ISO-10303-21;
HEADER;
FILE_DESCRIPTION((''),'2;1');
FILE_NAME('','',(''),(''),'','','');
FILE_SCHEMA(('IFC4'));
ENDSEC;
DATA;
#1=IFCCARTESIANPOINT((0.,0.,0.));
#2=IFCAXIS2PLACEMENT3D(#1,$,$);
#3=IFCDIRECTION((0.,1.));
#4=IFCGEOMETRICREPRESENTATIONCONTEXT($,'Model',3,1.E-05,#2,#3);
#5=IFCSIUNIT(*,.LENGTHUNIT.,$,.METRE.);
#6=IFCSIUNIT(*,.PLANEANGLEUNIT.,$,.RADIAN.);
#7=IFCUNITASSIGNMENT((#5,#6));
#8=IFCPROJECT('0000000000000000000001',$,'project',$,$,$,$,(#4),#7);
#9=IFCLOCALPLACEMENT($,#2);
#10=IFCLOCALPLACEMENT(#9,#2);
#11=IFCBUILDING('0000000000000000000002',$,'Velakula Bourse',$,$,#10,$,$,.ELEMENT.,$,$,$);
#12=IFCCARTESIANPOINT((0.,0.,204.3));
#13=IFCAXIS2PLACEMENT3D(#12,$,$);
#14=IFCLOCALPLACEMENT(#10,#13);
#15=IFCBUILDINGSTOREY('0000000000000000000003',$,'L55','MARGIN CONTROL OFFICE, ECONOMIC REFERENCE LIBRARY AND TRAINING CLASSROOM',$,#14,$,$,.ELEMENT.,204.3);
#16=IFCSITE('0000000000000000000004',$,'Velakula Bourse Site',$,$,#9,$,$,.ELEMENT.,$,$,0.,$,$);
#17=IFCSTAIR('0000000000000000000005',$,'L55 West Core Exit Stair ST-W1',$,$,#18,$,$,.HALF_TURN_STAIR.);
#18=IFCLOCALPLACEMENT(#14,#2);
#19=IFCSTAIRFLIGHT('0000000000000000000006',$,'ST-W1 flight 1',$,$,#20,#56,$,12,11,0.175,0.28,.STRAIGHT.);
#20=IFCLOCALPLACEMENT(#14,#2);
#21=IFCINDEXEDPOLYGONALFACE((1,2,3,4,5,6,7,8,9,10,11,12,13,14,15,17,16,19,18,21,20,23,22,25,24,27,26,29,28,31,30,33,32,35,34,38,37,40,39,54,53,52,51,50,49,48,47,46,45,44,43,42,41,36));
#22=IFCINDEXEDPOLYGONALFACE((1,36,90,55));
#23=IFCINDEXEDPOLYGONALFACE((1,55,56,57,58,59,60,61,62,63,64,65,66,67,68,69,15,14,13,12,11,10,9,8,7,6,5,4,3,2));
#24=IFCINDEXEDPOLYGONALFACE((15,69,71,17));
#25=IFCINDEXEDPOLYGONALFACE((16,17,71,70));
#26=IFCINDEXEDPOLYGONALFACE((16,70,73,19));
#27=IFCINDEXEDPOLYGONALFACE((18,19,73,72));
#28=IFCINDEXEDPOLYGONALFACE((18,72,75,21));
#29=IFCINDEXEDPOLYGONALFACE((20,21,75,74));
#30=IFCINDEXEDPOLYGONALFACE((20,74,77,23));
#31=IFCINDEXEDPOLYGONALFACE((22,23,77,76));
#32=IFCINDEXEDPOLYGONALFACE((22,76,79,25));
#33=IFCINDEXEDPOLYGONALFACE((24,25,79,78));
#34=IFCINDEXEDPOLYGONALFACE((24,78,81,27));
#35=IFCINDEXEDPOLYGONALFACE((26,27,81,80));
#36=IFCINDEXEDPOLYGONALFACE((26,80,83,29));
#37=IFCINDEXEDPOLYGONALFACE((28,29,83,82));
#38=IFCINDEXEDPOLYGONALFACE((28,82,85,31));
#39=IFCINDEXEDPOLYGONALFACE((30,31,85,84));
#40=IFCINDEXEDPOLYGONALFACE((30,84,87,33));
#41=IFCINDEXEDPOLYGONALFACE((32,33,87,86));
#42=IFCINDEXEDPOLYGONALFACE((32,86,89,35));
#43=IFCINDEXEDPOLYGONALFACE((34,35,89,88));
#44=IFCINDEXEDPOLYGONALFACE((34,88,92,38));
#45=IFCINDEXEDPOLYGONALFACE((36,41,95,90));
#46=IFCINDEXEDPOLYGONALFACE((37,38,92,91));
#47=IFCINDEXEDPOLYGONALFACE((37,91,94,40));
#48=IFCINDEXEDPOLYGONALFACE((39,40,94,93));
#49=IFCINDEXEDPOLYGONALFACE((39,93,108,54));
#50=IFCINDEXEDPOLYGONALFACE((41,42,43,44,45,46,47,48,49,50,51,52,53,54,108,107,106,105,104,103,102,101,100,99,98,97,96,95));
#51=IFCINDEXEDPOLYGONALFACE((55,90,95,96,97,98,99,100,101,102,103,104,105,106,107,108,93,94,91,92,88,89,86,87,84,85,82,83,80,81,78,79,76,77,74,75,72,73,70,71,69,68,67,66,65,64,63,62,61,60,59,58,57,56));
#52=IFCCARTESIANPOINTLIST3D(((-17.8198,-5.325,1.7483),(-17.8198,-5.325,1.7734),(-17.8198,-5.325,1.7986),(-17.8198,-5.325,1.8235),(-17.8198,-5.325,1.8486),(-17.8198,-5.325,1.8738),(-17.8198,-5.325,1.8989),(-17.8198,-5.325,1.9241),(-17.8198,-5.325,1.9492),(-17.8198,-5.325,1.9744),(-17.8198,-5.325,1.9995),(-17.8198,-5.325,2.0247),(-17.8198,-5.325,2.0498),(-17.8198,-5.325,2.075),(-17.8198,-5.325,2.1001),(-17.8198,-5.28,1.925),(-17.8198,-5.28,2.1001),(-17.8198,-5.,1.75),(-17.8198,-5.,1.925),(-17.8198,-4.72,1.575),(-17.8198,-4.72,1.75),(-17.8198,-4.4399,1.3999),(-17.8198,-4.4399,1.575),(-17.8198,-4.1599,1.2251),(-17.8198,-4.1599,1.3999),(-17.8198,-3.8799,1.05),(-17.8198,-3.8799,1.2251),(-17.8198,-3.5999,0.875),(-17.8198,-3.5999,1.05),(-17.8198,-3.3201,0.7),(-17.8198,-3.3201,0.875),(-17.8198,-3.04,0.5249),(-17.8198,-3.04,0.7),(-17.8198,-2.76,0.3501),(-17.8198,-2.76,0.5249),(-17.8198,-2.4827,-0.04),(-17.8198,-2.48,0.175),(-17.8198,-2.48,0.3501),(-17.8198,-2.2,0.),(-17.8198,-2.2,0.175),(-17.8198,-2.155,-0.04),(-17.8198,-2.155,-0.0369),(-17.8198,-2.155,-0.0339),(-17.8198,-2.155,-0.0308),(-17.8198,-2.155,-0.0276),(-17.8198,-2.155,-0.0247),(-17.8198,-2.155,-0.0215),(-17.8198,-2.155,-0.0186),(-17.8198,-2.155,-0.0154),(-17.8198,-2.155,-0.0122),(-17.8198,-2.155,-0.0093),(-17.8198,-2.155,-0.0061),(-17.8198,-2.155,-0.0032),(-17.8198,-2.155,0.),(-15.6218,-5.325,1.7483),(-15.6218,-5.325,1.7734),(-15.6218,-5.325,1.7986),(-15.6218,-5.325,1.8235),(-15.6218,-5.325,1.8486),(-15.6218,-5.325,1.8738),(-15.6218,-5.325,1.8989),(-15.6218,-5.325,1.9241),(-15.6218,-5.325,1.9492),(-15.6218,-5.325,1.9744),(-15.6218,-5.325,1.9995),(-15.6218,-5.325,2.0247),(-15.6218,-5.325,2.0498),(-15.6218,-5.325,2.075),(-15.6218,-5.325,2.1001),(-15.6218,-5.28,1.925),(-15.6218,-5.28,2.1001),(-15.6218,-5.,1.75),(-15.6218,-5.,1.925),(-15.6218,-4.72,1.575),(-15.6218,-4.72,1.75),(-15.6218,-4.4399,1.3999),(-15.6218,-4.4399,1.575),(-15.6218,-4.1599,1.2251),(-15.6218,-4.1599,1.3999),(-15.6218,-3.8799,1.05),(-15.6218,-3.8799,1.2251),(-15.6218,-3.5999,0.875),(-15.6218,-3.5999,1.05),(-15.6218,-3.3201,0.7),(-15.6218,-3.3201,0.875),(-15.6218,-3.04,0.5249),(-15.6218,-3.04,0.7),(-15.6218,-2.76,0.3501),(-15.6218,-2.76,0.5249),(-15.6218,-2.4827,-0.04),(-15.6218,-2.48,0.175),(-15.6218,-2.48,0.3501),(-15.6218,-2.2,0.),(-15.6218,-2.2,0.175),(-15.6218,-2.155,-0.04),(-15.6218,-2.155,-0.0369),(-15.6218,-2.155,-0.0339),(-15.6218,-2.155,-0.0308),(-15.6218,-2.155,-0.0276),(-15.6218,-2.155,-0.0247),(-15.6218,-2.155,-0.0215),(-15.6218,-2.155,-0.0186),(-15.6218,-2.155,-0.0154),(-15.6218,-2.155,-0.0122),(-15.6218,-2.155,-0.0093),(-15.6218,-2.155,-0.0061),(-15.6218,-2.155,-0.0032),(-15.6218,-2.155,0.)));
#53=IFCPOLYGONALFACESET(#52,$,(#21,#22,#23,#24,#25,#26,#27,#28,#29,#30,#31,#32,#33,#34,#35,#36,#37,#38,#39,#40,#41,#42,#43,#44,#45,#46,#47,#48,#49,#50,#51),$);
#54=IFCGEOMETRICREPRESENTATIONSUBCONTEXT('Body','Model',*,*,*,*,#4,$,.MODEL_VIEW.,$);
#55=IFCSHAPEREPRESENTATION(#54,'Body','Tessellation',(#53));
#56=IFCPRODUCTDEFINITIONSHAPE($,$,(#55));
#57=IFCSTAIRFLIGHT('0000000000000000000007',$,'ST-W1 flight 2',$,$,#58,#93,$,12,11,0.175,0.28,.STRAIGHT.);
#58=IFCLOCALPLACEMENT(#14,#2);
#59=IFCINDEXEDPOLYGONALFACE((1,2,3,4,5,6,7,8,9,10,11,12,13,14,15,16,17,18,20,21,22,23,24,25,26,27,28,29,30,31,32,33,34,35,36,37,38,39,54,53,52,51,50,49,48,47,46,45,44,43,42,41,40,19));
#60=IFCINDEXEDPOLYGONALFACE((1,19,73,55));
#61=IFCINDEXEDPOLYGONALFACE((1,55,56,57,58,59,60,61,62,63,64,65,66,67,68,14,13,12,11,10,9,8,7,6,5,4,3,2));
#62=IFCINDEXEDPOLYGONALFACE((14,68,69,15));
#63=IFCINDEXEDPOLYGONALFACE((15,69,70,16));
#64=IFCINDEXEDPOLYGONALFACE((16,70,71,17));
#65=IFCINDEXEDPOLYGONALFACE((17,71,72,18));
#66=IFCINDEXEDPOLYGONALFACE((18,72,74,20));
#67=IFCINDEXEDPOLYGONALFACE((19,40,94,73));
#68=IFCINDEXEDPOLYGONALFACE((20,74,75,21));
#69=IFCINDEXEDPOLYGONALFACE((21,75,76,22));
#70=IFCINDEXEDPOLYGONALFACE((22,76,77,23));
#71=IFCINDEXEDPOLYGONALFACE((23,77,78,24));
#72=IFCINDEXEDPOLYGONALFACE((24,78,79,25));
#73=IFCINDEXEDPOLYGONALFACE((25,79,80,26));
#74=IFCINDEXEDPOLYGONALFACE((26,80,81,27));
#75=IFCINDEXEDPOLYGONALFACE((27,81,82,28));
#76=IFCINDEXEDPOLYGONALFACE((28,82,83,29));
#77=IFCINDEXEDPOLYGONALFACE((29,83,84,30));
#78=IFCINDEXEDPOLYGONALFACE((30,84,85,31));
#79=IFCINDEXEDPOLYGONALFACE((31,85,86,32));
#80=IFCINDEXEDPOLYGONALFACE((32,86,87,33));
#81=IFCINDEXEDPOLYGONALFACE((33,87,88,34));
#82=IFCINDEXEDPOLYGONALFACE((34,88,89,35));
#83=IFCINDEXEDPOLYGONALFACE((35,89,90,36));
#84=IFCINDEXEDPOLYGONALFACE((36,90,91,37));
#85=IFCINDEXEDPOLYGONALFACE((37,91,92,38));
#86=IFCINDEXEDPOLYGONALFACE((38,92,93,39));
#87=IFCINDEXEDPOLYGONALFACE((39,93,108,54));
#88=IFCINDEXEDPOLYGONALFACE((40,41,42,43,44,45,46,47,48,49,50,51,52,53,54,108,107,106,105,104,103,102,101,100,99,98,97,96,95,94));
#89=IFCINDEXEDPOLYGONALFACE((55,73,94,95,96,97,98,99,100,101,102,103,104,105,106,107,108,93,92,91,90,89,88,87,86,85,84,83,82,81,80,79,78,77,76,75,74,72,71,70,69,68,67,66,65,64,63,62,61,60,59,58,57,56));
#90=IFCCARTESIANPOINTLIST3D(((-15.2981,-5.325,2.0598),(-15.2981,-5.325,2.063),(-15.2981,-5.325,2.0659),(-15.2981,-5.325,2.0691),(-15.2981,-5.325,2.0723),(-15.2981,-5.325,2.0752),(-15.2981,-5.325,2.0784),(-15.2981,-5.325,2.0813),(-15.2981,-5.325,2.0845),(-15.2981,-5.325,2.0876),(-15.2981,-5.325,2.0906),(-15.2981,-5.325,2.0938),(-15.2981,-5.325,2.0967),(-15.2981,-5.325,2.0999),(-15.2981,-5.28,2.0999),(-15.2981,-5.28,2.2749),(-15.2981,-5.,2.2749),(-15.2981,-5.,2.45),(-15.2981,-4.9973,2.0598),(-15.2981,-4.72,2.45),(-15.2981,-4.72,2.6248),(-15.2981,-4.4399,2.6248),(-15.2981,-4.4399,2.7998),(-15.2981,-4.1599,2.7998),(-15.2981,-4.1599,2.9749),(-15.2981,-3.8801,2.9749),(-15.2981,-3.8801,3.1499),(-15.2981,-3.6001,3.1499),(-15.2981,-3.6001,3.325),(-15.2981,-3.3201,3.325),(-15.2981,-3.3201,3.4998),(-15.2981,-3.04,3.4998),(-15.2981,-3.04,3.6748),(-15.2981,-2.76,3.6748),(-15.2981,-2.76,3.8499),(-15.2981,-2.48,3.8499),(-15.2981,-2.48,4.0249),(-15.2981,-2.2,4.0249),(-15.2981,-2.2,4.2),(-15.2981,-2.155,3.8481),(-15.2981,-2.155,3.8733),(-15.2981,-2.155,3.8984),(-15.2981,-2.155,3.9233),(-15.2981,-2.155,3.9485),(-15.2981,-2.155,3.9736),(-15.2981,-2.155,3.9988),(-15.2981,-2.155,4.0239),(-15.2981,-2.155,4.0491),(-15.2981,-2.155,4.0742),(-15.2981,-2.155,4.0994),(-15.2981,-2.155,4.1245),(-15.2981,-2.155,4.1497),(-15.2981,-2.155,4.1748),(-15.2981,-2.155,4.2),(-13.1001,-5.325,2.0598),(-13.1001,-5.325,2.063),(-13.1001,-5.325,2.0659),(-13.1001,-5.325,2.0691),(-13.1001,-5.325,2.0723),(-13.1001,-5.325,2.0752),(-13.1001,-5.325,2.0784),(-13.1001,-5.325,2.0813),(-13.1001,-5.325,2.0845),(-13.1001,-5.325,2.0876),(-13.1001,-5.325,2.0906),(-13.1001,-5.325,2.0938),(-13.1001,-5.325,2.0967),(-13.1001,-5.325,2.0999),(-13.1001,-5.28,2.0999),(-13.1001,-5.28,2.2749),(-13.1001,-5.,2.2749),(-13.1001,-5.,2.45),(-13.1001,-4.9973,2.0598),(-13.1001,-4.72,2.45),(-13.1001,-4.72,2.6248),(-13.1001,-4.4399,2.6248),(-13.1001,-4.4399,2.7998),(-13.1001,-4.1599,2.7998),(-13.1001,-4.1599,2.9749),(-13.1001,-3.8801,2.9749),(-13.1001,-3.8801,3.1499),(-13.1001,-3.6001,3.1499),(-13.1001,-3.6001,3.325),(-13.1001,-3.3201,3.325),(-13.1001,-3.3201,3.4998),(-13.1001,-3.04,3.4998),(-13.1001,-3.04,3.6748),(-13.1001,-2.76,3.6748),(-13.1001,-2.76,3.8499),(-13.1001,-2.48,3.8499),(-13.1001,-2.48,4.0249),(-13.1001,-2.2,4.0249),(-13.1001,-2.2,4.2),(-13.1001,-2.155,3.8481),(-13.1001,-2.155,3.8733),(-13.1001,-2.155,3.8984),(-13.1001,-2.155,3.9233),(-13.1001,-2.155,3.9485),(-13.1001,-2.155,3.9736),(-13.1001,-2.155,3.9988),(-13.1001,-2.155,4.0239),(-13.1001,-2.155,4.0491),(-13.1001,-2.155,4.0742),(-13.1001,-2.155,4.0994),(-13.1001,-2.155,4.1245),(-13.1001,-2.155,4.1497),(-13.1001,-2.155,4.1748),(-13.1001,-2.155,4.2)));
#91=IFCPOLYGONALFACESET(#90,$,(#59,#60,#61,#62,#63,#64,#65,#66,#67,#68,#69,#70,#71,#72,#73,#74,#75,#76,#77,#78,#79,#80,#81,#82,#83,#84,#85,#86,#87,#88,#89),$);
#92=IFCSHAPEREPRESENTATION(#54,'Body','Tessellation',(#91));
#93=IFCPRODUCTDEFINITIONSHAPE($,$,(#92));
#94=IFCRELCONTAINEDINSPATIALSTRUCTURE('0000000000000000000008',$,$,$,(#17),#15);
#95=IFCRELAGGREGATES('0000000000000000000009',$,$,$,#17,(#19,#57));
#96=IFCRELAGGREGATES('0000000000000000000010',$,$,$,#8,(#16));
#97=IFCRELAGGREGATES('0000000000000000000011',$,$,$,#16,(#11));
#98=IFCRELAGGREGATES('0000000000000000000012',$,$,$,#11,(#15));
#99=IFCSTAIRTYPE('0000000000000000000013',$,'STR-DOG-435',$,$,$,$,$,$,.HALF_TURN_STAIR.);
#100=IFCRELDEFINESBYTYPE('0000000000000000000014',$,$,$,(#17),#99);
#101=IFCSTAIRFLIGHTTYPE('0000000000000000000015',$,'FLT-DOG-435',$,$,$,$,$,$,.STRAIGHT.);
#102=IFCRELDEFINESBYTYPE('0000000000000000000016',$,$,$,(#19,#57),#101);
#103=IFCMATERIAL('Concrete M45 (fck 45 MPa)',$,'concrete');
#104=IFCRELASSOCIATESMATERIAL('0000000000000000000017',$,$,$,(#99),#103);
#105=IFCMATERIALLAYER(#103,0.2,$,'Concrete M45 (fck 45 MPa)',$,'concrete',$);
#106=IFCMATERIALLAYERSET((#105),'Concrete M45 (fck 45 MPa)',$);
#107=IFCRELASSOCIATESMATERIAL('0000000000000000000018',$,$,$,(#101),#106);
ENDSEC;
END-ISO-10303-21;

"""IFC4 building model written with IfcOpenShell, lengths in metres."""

from ifc_helpers import new_model, si_unit, direction, frame, origin, place, context, subcontext, project, spatial, polyline, outline, extrude, material, layer, layer_set, type_object, element, aggregate, save


model = new_model("IFC4")

# Units and contexts
model_context = context("Model", 3, precision=1e-05, world=origin(), true_north=direction((0.0, 1.0)))
body_context = subcontext(model_context, "Body", "Model", "MODEL_VIEW")
ifc_project = project(units=[si_unit("LENGTHUNIT", "METRE"), si_unit("PLANEANGLEUNIT", "RADIAN")], contexts=[model_context])

# Site, building, storey
site_placement = place(None, origin())
site = spatial("IfcSite", under=ifc_project, at=site_placement, Name="Velakula Bourse Site", CompositionType="ELEMENT", RefElevation=0.0)
building_placement = place(site_placement, origin())
building = spatial("IfcBuilding", under=site, at=building_placement, Name="Velakula Bourse", CompositionType="ELEMENT")
storey_placement = place(building_placement, frame((0.0, 0.0, 204.3)))
storey = spatial("IfcBuildingStorey", under=building, at=storey_placement, Name="L55", Description="MARGIN CONTROL OFFICE, ECONOMIC REFERENCE LIBRARY AND TRAINING CLASSROOM", CompositionType="ELEMENT", Elevation=204.3)

# Stair, stair flights
ifc_material_1 = material(Name="Concrete M45 (fck 45 MPa)", Category="concrete")
stair_type = type_object("IfcStairType", Name="STR-DOG-435", PredefinedType="HALF_TURN_STAIR", material=ifc_material_1)
stair_placement = place(storey_placement, origin())
stair = element("IfcStair", 1, at=stair_placement, inside=storey, type_object=stair_type, Name="L55 West Core Exit Stair ST-W1", PredefinedType="HALF_TURN_STAIR")
ifc_layer_1 = layer(ifc_material_1, 0.2, Name="Concrete M45 (fck 45 MPa)", Category="concrete")
ifc_layer_set_1 = layer_set([ifc_layer_1], Name="Concrete M45 (fck 45 MPa)")
stair_flight_type = type_object("IfcStairFlightType", Name="FLT-DOG-435", PredefinedType="STRAIGHT", material=ifc_layer_set_1)
stair_flight_1_placement = place(storey_placement, frame((-16.7209, -2.2, 0.0), z_axis=(0.0, 0.0, 1.0), x_axis=(0.0, -1.0, 0.0)))
stair_flight_1 = element("IfcStairFlight", 2, at=stair_flight_1_placement, type_object=stair_flight_type, Name="ST-W1 flight 1", NumberOfRisers=12, NumberOfTreads=11, PredefinedType="STRAIGHT", RiserHeight=0.175, TreadLength=0.28, context=body_context, shape_type="SweptSolid", body=[
    extrude(outline(polyline([(-0.0449, -0.04), (-0.0449, -0.0369), (-0.0449, -0.0339), (-0.0449, -0.0308), (-0.0449, -0.0276), (-0.0449, -0.0247), (-0.0449, -0.0215), (-0.0449, -0.0186), (-0.0449, -0.0154), (-0.0449, -0.0122), (-0.0449, -0.0093), (-0.0449, -0.0061), (-0.0449, -0.0032), (-0.0449, 0.0), (0.0, 0.0), (0.0, 0.175), (0.28, 0.175), (0.28, 0.3501), (0.5601, 0.3501), (0.5601, 0.5249), (0.8401, 0.5249), (0.8401, 0.7), (1.1201, 0.7), (1.1201, 0.875), (1.3999, 0.875), (1.3999, 1.05), (1.6799, 1.05), (1.6799, 1.2251), (1.96, 1.2251), (1.96, 1.3999), (2.24, 1.3999), (2.24, 1.575), (2.52, 1.575), (2.52, 1.75), (2.8, 1.75), (2.8, 1.925), (3.0801, 1.925), (3.0801, 2.1001), (3.125, 2.1001), (3.125, 2.075), (3.125, 2.0498), (3.125, 2.0247), (3.125, 1.9995), (3.125, 1.9744), (3.125, 1.9492), (3.125, 1.9241), (3.125, 1.8989), (3.125, 1.8738), (3.125, 1.8486), (3.125, 1.8235), (3.125, 1.7986), (3.125, 1.7734), (3.125, 1.7483), (0.2827, -0.04), (-0.0449, -0.04)])), frame((0.0, 1.0991, 0.0), z_axis=(0.0, -1.0, 0.0), x_axis=(1.0, 0.0, 0.0)), (0.0, 0.0, 1.0), 2.198),
])
stair_flight_2_placement = place(storey_placement, frame((-14.199, -5.28, 2.0999), z_axis=(0.0, 0.0, 1.0), x_axis=(0.0, 1.0, 0.0)))
stair_flight_2 = element("IfcStairFlight", 3, at=stair_flight_2_placement, type_object=stair_flight_type, Name="ST-W1 flight 2", NumberOfRisers=12, NumberOfTreads=11, PredefinedType="STRAIGHT", RiserHeight=0.175, TreadLength=0.28, context=body_context, shape_type="SweptSolid", body=[
    extrude(outline(polyline([(-0.0449, -0.04), (-0.0449, -0.0369), (-0.0449, -0.0339), (-0.0449, -0.0308), (-0.0449, -0.0276), (-0.0449, -0.0247), (-0.0449, -0.0215), (-0.0449, -0.0186), (-0.0449, -0.0154), (-0.0449, -0.0122), (-0.0449, -0.0093), (-0.0449, -0.0061), (-0.0449, -0.0032), (-0.0449, 0.0), (0.0, 0.0), (0.0, 0.175), (0.28, 0.175), (0.28, 0.3501), (0.5601, 0.3501), (0.5601, 0.5249), (0.8401, 0.5249), (0.8401, 0.7), (1.1201, 0.7), (1.1201, 0.875), (1.3999, 0.875), (1.3999, 1.05), (1.6799, 1.05), (1.6799, 1.2251), (1.96, 1.2251), (1.96, 1.3999), (2.24, 1.3999), (2.24, 1.575), (2.52, 1.575), (2.52, 1.75), (2.8, 1.75), (2.8, 1.925), (3.0801, 1.925), (3.0801, 2.1001), (3.125, 2.1001), (3.125, 2.075), (3.125, 2.0498), (3.125, 2.0247), (3.125, 1.9995), (3.125, 1.9744), (3.125, 1.9492), (3.125, 1.9241), (3.125, 1.8989), (3.125, 1.8738), (3.125, 1.8486), (3.125, 1.8235), (3.125, 1.7986), (3.125, 1.7734), (3.125, 1.7483), (0.2827, -0.04), (-0.0449, -0.04)])), frame((0.0, 1.0991, 0.0), z_axis=(0.0, -1.0, 0.0), x_axis=(1.0, 0.0, 0.0)), (0.0, 0.0, 1.0), 2.198),
])
aggregate(stair, [stair_flight_1, stair_flight_2])

save(model, "model.ifc")
